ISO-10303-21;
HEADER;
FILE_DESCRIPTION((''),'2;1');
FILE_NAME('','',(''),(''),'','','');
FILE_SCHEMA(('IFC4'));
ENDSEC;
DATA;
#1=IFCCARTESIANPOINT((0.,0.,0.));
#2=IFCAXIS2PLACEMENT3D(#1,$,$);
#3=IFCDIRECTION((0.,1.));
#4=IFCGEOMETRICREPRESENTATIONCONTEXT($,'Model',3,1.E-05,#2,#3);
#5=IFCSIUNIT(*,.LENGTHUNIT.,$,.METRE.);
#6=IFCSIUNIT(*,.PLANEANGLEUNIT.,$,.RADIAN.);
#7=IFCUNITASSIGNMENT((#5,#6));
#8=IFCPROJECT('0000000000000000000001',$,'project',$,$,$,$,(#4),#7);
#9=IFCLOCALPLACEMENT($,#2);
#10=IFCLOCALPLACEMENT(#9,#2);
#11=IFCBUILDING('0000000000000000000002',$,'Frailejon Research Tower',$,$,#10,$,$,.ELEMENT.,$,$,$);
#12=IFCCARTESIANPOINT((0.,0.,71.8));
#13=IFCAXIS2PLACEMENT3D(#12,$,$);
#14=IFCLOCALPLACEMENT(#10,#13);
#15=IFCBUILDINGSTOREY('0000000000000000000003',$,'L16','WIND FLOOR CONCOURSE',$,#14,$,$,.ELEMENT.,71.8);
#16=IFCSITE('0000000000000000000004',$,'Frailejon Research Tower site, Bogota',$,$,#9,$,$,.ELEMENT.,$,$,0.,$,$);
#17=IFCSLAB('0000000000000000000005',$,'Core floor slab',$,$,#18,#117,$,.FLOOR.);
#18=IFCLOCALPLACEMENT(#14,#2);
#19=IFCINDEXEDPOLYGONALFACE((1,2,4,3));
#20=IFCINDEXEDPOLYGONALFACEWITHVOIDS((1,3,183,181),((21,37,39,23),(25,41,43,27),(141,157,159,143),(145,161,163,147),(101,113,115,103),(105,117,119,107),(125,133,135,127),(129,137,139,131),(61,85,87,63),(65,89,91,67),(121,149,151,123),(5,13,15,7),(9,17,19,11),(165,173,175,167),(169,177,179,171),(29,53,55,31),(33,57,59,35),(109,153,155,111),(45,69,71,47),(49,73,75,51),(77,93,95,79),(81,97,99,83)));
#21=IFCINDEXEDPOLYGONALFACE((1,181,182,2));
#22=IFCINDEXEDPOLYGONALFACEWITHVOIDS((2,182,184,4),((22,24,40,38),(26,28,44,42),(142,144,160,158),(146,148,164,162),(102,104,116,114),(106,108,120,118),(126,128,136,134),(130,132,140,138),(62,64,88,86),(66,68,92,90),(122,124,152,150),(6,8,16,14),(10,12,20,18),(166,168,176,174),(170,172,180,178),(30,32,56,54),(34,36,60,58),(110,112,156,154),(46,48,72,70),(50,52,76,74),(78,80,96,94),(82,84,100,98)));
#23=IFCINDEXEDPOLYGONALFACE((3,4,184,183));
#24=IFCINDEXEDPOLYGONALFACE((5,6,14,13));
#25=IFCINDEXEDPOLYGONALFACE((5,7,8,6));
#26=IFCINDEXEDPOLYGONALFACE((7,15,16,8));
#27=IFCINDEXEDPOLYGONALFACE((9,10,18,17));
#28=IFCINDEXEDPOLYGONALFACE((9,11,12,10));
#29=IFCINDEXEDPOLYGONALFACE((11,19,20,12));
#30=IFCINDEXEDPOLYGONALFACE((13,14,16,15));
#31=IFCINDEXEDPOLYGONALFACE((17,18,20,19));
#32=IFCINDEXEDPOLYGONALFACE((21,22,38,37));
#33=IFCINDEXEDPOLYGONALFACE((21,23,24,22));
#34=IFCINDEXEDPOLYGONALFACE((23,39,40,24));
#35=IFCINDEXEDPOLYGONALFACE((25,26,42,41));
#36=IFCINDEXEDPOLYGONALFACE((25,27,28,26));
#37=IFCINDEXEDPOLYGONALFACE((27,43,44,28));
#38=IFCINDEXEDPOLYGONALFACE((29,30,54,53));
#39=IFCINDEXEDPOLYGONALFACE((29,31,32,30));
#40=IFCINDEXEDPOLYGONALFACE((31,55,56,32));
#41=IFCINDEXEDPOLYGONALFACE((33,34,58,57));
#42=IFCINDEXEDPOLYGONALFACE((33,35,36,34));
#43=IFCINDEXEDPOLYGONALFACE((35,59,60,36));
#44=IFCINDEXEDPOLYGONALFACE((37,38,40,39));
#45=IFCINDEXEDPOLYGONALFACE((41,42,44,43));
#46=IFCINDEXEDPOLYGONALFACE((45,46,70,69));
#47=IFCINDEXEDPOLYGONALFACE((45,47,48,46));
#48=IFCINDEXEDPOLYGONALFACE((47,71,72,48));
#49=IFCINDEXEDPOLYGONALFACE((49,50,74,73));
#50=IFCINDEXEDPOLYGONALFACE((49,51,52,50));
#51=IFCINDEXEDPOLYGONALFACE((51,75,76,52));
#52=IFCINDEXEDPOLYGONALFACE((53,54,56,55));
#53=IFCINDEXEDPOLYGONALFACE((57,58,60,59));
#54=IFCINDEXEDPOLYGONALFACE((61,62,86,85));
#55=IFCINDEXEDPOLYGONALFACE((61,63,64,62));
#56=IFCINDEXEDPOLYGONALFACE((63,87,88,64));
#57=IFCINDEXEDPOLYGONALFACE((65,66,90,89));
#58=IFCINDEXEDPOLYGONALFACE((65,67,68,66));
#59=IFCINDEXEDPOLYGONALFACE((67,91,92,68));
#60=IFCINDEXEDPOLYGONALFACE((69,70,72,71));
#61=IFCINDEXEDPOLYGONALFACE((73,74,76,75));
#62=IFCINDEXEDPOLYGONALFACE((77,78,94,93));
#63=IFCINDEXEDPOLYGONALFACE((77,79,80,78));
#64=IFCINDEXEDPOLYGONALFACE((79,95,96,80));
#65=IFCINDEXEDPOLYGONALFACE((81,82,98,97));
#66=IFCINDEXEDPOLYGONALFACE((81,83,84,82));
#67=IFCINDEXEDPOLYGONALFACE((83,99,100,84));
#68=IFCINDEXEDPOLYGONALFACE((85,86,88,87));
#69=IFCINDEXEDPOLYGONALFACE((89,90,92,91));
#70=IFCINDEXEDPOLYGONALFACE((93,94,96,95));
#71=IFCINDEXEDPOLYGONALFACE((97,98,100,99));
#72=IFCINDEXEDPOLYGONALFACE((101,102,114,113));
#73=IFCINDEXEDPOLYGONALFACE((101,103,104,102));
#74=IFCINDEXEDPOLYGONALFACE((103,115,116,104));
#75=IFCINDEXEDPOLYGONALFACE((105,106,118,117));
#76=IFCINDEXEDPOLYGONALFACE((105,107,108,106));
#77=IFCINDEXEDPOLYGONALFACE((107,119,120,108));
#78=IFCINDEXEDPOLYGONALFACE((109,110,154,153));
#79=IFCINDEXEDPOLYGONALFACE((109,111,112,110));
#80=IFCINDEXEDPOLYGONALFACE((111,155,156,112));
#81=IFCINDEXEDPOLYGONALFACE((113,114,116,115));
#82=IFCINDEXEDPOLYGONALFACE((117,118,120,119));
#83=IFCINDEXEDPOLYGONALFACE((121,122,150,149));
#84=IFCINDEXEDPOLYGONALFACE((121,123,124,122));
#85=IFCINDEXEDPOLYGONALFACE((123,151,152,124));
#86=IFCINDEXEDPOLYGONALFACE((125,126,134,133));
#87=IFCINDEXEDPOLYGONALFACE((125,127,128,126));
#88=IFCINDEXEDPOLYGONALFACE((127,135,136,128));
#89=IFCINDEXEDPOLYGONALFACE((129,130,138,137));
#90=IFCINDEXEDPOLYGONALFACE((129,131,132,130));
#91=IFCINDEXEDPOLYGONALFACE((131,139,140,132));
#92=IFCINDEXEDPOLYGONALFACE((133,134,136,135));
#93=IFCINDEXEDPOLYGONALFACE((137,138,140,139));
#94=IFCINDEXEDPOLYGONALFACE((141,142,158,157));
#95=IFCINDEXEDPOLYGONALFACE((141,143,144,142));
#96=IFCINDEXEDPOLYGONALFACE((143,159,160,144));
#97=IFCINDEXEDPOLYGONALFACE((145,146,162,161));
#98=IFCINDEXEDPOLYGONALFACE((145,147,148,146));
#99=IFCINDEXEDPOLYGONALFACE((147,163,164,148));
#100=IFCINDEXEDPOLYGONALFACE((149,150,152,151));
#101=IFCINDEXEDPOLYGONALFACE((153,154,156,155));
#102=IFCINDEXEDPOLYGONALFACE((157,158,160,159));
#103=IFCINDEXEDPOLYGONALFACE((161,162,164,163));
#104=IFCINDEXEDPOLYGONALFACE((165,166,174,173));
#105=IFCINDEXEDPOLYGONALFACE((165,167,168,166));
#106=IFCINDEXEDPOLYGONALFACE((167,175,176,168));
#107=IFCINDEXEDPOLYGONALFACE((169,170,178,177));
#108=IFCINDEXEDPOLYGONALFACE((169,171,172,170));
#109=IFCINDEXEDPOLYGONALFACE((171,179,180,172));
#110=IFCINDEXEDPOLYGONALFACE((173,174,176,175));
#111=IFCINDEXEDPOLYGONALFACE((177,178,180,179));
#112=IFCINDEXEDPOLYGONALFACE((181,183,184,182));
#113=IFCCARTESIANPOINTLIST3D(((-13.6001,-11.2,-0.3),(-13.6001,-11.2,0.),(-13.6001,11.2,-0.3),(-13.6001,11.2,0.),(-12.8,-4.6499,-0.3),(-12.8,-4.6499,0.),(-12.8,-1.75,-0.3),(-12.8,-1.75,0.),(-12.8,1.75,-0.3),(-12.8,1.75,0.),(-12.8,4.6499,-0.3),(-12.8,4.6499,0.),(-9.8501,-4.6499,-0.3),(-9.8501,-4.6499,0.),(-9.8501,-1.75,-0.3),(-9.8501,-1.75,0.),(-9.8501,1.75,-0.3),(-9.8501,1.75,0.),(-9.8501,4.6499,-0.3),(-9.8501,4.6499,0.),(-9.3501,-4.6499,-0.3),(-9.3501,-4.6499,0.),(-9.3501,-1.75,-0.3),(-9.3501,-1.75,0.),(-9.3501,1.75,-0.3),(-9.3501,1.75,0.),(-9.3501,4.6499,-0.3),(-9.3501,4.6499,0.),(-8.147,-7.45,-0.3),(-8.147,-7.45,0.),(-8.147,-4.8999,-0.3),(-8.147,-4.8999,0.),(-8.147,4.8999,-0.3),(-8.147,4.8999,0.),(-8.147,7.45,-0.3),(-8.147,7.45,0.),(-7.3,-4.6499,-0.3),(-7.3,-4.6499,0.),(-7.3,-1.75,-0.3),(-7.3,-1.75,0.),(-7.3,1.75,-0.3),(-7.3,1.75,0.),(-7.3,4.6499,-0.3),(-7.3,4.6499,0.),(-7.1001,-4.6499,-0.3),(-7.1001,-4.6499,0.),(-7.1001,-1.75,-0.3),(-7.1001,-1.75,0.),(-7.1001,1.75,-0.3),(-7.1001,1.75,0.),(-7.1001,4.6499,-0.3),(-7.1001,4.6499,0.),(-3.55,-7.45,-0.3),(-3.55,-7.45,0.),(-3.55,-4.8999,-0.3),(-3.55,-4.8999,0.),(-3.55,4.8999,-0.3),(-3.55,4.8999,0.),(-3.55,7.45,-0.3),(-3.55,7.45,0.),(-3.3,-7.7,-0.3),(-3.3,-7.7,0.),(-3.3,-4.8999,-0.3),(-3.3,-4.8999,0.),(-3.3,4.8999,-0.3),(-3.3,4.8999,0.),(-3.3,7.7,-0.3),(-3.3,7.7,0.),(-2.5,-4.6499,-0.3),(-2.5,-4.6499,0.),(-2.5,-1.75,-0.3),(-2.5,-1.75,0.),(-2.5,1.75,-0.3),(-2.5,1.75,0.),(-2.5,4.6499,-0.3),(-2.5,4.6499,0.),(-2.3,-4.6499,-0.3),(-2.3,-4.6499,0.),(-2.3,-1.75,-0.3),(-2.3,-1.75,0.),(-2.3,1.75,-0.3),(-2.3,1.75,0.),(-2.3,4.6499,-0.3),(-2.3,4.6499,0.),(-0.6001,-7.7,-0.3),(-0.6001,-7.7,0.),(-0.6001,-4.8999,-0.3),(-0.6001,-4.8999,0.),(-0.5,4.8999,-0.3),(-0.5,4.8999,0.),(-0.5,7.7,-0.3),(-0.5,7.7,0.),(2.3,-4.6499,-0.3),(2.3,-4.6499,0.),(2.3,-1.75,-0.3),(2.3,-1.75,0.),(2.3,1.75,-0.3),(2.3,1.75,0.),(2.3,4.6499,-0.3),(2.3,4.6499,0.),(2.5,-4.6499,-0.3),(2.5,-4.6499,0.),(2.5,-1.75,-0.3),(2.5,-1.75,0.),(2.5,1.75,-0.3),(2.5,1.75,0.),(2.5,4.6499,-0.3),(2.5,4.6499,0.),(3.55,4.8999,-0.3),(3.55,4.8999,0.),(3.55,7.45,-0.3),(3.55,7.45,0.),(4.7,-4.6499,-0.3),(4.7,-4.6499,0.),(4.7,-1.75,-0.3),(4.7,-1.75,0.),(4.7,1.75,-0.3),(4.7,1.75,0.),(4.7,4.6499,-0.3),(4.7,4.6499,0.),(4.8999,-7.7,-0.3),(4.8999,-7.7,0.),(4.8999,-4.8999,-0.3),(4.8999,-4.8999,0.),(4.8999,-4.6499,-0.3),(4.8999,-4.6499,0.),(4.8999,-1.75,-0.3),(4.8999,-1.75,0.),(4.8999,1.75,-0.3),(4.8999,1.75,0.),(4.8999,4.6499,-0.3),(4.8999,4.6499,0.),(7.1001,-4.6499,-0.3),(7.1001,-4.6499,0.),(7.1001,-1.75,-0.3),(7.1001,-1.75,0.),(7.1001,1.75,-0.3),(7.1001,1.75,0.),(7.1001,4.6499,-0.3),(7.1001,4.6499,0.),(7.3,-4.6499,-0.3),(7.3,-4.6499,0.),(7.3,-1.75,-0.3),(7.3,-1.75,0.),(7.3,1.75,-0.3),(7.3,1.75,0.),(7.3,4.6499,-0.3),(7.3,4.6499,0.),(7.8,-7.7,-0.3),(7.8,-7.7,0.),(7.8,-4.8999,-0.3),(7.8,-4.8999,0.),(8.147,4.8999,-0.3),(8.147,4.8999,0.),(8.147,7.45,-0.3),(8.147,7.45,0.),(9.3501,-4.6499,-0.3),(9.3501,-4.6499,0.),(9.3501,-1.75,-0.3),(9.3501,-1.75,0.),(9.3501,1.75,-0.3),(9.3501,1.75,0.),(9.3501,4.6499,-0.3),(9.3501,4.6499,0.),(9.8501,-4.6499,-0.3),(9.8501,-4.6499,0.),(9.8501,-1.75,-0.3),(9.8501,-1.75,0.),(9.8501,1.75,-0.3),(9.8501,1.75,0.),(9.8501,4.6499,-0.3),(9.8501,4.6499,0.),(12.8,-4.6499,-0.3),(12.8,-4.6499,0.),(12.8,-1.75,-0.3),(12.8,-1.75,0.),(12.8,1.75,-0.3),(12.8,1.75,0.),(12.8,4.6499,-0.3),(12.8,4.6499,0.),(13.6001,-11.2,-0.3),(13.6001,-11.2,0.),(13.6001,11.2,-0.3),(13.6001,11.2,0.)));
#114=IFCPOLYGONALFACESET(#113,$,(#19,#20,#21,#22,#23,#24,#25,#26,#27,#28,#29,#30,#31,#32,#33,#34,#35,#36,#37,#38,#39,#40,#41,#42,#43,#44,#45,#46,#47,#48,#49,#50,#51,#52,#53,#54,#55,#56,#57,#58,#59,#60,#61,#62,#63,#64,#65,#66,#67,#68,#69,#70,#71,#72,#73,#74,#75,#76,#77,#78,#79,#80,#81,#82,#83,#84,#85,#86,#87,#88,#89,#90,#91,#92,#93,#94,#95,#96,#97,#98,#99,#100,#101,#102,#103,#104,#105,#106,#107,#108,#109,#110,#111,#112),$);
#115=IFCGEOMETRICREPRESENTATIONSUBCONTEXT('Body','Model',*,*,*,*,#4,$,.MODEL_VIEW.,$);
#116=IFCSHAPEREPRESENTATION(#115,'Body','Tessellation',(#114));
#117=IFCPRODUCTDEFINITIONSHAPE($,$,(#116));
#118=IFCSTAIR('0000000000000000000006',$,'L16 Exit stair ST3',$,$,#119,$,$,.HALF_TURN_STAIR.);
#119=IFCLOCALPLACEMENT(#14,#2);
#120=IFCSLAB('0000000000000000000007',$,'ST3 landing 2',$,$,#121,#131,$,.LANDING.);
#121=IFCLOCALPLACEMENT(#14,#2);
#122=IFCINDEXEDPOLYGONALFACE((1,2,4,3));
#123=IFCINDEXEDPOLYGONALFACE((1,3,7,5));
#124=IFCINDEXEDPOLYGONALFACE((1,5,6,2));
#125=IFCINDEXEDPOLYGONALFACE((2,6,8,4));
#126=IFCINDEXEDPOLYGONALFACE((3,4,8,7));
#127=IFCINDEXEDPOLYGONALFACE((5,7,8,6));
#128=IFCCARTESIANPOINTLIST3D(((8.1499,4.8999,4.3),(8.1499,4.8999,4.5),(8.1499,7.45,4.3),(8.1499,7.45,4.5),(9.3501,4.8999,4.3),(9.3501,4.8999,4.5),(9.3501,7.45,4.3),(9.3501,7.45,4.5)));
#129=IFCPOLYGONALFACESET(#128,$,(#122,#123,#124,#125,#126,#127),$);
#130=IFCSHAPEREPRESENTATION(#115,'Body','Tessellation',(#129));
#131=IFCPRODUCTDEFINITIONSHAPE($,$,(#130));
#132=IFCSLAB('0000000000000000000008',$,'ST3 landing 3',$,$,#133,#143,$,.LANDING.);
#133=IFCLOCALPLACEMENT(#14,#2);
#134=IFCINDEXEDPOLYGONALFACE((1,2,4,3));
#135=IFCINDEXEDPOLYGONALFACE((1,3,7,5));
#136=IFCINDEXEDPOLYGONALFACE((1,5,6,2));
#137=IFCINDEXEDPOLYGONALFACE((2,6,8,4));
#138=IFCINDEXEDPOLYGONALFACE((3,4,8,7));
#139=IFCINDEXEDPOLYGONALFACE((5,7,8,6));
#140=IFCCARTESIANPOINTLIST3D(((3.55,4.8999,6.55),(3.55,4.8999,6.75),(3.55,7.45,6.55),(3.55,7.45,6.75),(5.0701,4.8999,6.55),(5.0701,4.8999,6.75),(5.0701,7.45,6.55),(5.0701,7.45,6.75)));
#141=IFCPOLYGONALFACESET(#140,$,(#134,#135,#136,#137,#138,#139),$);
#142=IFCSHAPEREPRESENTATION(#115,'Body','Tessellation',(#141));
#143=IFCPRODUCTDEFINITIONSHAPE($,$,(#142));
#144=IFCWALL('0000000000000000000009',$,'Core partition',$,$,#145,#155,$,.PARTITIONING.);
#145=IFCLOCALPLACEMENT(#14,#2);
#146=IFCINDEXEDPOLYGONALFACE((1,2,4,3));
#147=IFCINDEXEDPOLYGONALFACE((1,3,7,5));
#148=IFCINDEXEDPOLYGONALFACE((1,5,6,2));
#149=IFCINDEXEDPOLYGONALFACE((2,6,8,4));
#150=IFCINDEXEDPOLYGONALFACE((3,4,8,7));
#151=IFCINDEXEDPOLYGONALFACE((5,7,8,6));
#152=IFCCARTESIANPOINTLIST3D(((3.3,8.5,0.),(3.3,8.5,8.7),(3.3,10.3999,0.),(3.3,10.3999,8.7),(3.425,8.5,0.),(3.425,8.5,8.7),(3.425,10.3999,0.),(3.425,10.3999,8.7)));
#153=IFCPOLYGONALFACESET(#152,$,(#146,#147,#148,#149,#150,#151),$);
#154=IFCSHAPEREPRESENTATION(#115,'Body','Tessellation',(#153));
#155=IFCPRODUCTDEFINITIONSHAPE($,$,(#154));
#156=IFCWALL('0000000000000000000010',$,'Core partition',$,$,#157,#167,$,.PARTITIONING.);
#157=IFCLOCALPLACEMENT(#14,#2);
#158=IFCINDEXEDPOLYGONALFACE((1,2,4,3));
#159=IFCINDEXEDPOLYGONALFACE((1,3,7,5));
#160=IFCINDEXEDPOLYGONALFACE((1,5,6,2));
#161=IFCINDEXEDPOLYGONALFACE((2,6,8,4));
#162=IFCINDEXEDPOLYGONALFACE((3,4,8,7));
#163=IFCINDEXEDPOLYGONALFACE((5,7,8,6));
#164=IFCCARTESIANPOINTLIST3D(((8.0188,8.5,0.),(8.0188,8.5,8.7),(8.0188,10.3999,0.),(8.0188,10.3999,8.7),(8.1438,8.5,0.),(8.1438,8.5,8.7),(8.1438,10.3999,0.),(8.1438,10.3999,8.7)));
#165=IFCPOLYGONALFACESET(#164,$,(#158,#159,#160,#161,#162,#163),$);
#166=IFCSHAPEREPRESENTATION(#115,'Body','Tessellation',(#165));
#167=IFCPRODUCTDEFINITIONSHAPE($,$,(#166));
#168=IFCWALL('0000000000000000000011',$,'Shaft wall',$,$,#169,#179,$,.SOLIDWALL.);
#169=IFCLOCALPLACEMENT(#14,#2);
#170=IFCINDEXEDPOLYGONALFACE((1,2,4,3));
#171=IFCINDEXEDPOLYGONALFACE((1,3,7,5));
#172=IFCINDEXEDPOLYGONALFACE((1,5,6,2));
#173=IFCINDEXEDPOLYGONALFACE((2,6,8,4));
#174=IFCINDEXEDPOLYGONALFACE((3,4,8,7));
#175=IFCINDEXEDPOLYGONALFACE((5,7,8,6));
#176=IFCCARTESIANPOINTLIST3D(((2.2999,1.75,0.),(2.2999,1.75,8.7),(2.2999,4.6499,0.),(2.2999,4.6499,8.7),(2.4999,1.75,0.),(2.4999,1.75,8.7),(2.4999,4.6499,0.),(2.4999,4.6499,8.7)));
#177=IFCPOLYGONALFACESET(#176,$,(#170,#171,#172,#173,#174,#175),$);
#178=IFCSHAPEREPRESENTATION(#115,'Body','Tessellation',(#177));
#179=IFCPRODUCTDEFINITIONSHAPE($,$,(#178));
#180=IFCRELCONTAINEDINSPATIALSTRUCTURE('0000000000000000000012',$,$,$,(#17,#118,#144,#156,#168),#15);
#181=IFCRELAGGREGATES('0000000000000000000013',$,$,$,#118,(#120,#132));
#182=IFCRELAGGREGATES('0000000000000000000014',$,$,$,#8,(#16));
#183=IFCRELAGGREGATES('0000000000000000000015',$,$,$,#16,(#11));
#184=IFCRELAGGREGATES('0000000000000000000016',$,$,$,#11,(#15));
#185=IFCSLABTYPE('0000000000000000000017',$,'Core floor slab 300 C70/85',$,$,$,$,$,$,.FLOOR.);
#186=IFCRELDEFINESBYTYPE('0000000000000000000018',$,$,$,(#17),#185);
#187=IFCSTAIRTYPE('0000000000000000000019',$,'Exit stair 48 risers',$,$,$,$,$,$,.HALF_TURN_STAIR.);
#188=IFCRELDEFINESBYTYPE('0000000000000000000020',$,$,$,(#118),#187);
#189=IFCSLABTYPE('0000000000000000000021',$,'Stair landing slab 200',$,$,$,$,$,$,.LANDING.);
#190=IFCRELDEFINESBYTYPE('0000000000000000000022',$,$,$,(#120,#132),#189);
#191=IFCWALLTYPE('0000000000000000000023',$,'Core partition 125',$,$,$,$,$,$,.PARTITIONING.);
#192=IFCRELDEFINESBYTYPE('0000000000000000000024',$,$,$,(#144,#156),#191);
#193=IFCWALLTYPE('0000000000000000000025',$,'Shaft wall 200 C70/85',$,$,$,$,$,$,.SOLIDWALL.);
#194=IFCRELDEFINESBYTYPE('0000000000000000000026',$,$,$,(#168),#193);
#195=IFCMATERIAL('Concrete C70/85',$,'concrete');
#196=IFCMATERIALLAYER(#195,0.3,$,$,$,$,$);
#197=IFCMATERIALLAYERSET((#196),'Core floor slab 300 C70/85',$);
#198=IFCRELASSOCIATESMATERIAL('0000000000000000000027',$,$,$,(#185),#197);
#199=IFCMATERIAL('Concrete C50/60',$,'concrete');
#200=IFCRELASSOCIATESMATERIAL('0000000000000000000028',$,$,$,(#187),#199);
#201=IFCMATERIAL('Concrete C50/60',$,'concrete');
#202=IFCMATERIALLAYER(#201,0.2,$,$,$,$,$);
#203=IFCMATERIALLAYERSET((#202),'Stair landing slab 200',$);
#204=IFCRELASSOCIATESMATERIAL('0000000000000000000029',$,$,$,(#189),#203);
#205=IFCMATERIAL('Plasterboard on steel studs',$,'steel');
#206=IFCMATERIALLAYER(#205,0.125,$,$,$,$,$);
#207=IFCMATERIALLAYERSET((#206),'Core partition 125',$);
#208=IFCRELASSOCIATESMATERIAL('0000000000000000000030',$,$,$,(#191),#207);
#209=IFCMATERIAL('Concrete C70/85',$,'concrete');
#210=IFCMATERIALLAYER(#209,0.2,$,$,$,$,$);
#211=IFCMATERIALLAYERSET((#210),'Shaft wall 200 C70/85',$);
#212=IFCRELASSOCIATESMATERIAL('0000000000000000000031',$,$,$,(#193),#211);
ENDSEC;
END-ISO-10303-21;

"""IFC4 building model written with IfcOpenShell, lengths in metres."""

from ifc_helpers import new_model, si_unit, direction, frame, frame_2d, origin, place, context, subcontext, project, spatial, polyline, rectangle, outline, extrude, material, layer, layer_set, type_object, element, aggregate, save


model = new_model("IFC4")

# Units and contexts
model_context = context("Model", 3, precision=1e-05, world=origin(), true_north=direction((0.0, 1.0)))
body_context = subcontext(model_context, "Body", "Model", "MODEL_VIEW")
ifc_project = project(units=[si_unit("LENGTHUNIT", "METRE"), si_unit("PLANEANGLEUNIT", "RADIAN")], contexts=[model_context])

# Site, building, storey
site_placement = place(None, origin())
site = spatial("IfcSite", under=ifc_project, at=site_placement, Name="Frailejon Research Tower site, Bogota", CompositionType="ELEMENT", RefElevation=0.0)
building_placement = place(site_placement, origin())
building = spatial("IfcBuilding", under=site, at=building_placement, Name="Frailejon Research Tower", CompositionType="ELEMENT")
storey_placement = place(building_placement, frame((0.0, 0.0, 71.8)))
storey = spatial("IfcBuildingStorey", under=building, at=storey_placement, Name="L16", Description="WIND FLOOR CONCOURSE", CompositionType="ELEMENT", Elevation=71.8)

# Slab
ifc_material_1 = material(Name="Concrete C70/85", Category="concrete")
ifc_layer_1 = layer(ifc_material_1, 0.3)
ifc_layer_set_1 = layer_set([ifc_layer_1], Name="Core floor slab 300 C70/85")
slab_type_1 = type_object("IfcSlabType", Name="Core floor slab 300 C70/85", PredefinedType="FLOOR", material=ifc_layer_set_1)
slab_1_placement = place(storey_placement, frame((0.0, 0.0, -0.3)))
element("IfcSlab", 1, at=slab_1_placement, inside=storey, type_object=slab_type_1, Name="Core floor slab", PredefinedType="FLOOR", context=body_context, shape_type="SweptSolid", body=[
    extrude(outline(polyline([(13.6001, -11.2), (13.6001, 11.2), (-13.6001, 11.2), (-13.6001, -11.2), (13.6001, -11.2)]), holes=[polyline([(-9.8501, 1.75), (-9.8501, 4.6499), (-12.8, 4.6499), (-12.8, 1.75), (-9.8501, 1.75)]), polyline([(-7.3, 1.75), (-7.3, 4.6499), (-9.3501, 4.6499), (-9.3501, 1.75), (-7.3, 1.75)]), polyline([(-2.5, 1.75), (-2.5, 4.6499), (-7.1001, 4.6499), (-7.1001, 1.75), (-2.5, 1.75)]), polyline([(2.3, 1.75), (2.3, 4.6499), (-2.3, 4.6499), (-2.3, 1.75), (2.3, 1.75)]), polyline([(4.7, 1.75), (4.7, 4.6499), (2.5, 4.6499), (2.5, 1.75), (4.7, 1.75)]), polyline([(7.1001, 1.75), (7.1001, 4.6499), (4.8999, 4.6499), (4.8999, 1.75), (7.1001, 1.75)]), polyline([(9.3501, 1.75), (9.3501, 4.6499), (7.3, 4.6499), (7.3, 1.75), (9.3501, 1.75)]), polyline([(12.8, 1.75), (12.8, 4.6499), (9.8501, 4.6499), (9.8501, 1.75), (12.8, 1.75)]), polyline([(-9.8501, -4.6499), (-9.8501, -1.75), (-12.8, -1.75), (-12.8, -4.6499), (-9.8501, -4.6499)]), polyline([(-7.3, -4.6499), (-7.3, -1.75), (-9.3501, -1.75), (-9.3501, -4.6499), (-7.3, -4.6499)]), polyline([(-2.5, -4.6499), (-2.5, -1.75), (-7.1001, -1.75), (-7.1001, -4.6499), (-2.5, -4.6499)]), polyline([(2.3, -4.6499), (2.3, -1.75), (-2.3, -1.75), (-2.3, -4.6499), (2.3, -4.6499)]), polyline([(4.7, -4.6499), (4.7, -1.75), (2.5, -1.75), (2.5, -4.6499), (4.7, -4.6499)]), polyline([(7.1001, -4.6499), (7.1001, -1.75), (4.8999, -1.75), (4.8999, -4.6499), (7.1001, -4.6499)]), polyline([(9.3501, -4.6499), (9.3501, -1.75), (7.3, -1.75), (7.3, -4.6499), (9.3501, -4.6499)]), polyline([(12.8, -4.6499), (12.8, -1.75), (9.8501, -1.75), (9.8501, -4.6499), (12.8, -4.6499)]), polyline([(-8.147, 4.8999), (-3.55, 4.8999), (-3.55, 7.45), (-8.147, 7.45), (-8.147, 4.8999)]), polyline([(-8.147, -7.45), (-3.55, -7.45), (-3.55, -4.8999), (-8.147, -4.8999), (-8.147, -7.45)]), polyline([(8.147, 7.45), (3.55, 7.45), (3.55, 4.8999), (8.147, 4.8999), (8.147, 7.45)]), polyline([(-0.6001, -7.7), (-0.6001, -4.8999), (-3.3, -4.8999), (-3.3, -7.7), (-0.6001, -7.7)]), polyline([(7.8, -7.7), (7.8, -4.8999), (4.8999, -4.8999), (4.8999, -7.7), (7.8, -7.7)]), polyline([(-0.5, 4.8999), (-0.5, 7.7), (-3.3, 7.7), (-3.3, 4.8999), (-0.5, 4.8999)])]), origin(), (0.0, 0.0, 1.0), 0.3),
])

# Stair, slabs
ifc_material_2 = material(Name="Concrete C50/60", Category="concrete")
stair_type = type_object("IfcStairType", Name="Exit stair 48 risers", PredefinedType="HALF_TURN_STAIR", material=ifc_material_2)
stair_placement = place(storey_placement, origin())
stair = element("IfcStair", 2, at=stair_placement, inside=storey, type_object=stair_type, Name="L16 Exit stair ST3", PredefinedType="HALF_TURN_STAIR")
ifc_material_3 = material(Name="Concrete C50/60", Category="concrete")
ifc_layer_2 = layer(ifc_material_3, 0.2)
ifc_layer_set_2 = layer_set([ifc_layer_2], Name="Stair landing slab 200")
slab_type_2 = type_object("IfcSlabType", Name="Stair landing slab 200", PredefinedType="LANDING", material=ifc_layer_set_2)
slab_2_placement = place(storey_placement, frame((0.0, 0.0, 4.3)))
slab_2 = element("IfcSlab", 3, at=slab_2_placement, type_object=slab_type_2, Name="ST3 landing 2", PredefinedType="LANDING", context=body_context, shape_type="SweptSolid", body=[
    extrude(outline(polyline([(9.3501, 7.45), (8.1499, 7.45), (8.1499, 4.8999), (9.3501, 4.8999), (9.3501, 7.45)])), origin(), (0.0, 0.0, 1.0), 0.2),
])
slab_3_placement = place(storey_placement, frame((0.0, 0.0, 6.55)))
slab_3 = element("IfcSlab", 4, at=slab_3_placement, type_object=slab_type_2, Name="ST3 landing 3", PredefinedType="LANDING", context=body_context, shape_type="SweptSolid", body=[
    extrude(outline(polyline([(5.0701, 7.45), (3.55, 7.45), (3.55, 4.8999), (5.0701, 4.8999), (5.0701, 7.45)])), origin(), (0.0, 0.0, 1.0), 0.2),
])

# Walls
ifc_material_4 = material(Name="Plasterboard on steel studs", Category="steel")
ifc_layer_3 = layer(ifc_material_4, 0.125)
ifc_layer_set_3 = layer_set([ifc_layer_3], Name="Core partition 125")
wall_type_1 = type_object("IfcWallType", Name="Core partition 125", PredefinedType="PARTITIONING", material=ifc_layer_set_3)
for number, where, z_axis, x_axis, name in (
    (5, (3.3625, 8.5, 0.0), (0.0, 0.0, 1.0), (0.0, 1.0, 0.0), "Core partition"),
    (6, (8.0813, 8.5, 0.0), (0.0, 0.0, 1.0), (0.0, 1.0, 0.0), "Core partition"),
):
    element("IfcWall", number, at=place(storey_placement, frame(where, z_axis=z_axis, x_axis=x_axis)), inside=storey, type_object=wall_type_1, Name=name, PredefinedType="PARTITIONING", context=body_context, shape_type="SweptSolid", body=[
        extrude(rectangle(XDim=1.8999, YDim=0.125, at=frame_2d((0.95, 0.0))), origin(), (0.0, 0.0, 1.0), 8.7),
    ])
ifc_material_5 = material(Name="Concrete C70/85", Category="concrete")
ifc_layer_4 = layer(ifc_material_5, 0.2)
ifc_layer_set_4 = layer_set([ifc_layer_4], Name="Shaft wall 200 C70/85")
wall_type_2 = type_object("IfcWallType", Name="Shaft wall 200 C70/85", PredefinedType="SOLIDWALL", material=ifc_layer_set_4)
for number, where, z_axis, x_axis, name in (
    (7, (2.3999, 1.75, 0.0), (0.0, 0.0, 1.0), (0.0, 1.0, 0.0), "Shaft wall"),
):
    element("IfcWall", number, at=place(storey_placement, frame(where, z_axis=z_axis, x_axis=x_axis)), inside=storey, type_object=wall_type_2, Name=name, PredefinedType="SOLIDWALL", context=body_context, shape_type="SweptSolid", body=[
        extrude(rectangle(XDim=2.8999, YDim=0.2, at=frame_2d((1.45, 0.0))), origin(), (0.0, 0.0, 1.0), 8.7),
    ])

aggregate(stair, [slab_2, slab_3])

save(model, "model.ifc")
